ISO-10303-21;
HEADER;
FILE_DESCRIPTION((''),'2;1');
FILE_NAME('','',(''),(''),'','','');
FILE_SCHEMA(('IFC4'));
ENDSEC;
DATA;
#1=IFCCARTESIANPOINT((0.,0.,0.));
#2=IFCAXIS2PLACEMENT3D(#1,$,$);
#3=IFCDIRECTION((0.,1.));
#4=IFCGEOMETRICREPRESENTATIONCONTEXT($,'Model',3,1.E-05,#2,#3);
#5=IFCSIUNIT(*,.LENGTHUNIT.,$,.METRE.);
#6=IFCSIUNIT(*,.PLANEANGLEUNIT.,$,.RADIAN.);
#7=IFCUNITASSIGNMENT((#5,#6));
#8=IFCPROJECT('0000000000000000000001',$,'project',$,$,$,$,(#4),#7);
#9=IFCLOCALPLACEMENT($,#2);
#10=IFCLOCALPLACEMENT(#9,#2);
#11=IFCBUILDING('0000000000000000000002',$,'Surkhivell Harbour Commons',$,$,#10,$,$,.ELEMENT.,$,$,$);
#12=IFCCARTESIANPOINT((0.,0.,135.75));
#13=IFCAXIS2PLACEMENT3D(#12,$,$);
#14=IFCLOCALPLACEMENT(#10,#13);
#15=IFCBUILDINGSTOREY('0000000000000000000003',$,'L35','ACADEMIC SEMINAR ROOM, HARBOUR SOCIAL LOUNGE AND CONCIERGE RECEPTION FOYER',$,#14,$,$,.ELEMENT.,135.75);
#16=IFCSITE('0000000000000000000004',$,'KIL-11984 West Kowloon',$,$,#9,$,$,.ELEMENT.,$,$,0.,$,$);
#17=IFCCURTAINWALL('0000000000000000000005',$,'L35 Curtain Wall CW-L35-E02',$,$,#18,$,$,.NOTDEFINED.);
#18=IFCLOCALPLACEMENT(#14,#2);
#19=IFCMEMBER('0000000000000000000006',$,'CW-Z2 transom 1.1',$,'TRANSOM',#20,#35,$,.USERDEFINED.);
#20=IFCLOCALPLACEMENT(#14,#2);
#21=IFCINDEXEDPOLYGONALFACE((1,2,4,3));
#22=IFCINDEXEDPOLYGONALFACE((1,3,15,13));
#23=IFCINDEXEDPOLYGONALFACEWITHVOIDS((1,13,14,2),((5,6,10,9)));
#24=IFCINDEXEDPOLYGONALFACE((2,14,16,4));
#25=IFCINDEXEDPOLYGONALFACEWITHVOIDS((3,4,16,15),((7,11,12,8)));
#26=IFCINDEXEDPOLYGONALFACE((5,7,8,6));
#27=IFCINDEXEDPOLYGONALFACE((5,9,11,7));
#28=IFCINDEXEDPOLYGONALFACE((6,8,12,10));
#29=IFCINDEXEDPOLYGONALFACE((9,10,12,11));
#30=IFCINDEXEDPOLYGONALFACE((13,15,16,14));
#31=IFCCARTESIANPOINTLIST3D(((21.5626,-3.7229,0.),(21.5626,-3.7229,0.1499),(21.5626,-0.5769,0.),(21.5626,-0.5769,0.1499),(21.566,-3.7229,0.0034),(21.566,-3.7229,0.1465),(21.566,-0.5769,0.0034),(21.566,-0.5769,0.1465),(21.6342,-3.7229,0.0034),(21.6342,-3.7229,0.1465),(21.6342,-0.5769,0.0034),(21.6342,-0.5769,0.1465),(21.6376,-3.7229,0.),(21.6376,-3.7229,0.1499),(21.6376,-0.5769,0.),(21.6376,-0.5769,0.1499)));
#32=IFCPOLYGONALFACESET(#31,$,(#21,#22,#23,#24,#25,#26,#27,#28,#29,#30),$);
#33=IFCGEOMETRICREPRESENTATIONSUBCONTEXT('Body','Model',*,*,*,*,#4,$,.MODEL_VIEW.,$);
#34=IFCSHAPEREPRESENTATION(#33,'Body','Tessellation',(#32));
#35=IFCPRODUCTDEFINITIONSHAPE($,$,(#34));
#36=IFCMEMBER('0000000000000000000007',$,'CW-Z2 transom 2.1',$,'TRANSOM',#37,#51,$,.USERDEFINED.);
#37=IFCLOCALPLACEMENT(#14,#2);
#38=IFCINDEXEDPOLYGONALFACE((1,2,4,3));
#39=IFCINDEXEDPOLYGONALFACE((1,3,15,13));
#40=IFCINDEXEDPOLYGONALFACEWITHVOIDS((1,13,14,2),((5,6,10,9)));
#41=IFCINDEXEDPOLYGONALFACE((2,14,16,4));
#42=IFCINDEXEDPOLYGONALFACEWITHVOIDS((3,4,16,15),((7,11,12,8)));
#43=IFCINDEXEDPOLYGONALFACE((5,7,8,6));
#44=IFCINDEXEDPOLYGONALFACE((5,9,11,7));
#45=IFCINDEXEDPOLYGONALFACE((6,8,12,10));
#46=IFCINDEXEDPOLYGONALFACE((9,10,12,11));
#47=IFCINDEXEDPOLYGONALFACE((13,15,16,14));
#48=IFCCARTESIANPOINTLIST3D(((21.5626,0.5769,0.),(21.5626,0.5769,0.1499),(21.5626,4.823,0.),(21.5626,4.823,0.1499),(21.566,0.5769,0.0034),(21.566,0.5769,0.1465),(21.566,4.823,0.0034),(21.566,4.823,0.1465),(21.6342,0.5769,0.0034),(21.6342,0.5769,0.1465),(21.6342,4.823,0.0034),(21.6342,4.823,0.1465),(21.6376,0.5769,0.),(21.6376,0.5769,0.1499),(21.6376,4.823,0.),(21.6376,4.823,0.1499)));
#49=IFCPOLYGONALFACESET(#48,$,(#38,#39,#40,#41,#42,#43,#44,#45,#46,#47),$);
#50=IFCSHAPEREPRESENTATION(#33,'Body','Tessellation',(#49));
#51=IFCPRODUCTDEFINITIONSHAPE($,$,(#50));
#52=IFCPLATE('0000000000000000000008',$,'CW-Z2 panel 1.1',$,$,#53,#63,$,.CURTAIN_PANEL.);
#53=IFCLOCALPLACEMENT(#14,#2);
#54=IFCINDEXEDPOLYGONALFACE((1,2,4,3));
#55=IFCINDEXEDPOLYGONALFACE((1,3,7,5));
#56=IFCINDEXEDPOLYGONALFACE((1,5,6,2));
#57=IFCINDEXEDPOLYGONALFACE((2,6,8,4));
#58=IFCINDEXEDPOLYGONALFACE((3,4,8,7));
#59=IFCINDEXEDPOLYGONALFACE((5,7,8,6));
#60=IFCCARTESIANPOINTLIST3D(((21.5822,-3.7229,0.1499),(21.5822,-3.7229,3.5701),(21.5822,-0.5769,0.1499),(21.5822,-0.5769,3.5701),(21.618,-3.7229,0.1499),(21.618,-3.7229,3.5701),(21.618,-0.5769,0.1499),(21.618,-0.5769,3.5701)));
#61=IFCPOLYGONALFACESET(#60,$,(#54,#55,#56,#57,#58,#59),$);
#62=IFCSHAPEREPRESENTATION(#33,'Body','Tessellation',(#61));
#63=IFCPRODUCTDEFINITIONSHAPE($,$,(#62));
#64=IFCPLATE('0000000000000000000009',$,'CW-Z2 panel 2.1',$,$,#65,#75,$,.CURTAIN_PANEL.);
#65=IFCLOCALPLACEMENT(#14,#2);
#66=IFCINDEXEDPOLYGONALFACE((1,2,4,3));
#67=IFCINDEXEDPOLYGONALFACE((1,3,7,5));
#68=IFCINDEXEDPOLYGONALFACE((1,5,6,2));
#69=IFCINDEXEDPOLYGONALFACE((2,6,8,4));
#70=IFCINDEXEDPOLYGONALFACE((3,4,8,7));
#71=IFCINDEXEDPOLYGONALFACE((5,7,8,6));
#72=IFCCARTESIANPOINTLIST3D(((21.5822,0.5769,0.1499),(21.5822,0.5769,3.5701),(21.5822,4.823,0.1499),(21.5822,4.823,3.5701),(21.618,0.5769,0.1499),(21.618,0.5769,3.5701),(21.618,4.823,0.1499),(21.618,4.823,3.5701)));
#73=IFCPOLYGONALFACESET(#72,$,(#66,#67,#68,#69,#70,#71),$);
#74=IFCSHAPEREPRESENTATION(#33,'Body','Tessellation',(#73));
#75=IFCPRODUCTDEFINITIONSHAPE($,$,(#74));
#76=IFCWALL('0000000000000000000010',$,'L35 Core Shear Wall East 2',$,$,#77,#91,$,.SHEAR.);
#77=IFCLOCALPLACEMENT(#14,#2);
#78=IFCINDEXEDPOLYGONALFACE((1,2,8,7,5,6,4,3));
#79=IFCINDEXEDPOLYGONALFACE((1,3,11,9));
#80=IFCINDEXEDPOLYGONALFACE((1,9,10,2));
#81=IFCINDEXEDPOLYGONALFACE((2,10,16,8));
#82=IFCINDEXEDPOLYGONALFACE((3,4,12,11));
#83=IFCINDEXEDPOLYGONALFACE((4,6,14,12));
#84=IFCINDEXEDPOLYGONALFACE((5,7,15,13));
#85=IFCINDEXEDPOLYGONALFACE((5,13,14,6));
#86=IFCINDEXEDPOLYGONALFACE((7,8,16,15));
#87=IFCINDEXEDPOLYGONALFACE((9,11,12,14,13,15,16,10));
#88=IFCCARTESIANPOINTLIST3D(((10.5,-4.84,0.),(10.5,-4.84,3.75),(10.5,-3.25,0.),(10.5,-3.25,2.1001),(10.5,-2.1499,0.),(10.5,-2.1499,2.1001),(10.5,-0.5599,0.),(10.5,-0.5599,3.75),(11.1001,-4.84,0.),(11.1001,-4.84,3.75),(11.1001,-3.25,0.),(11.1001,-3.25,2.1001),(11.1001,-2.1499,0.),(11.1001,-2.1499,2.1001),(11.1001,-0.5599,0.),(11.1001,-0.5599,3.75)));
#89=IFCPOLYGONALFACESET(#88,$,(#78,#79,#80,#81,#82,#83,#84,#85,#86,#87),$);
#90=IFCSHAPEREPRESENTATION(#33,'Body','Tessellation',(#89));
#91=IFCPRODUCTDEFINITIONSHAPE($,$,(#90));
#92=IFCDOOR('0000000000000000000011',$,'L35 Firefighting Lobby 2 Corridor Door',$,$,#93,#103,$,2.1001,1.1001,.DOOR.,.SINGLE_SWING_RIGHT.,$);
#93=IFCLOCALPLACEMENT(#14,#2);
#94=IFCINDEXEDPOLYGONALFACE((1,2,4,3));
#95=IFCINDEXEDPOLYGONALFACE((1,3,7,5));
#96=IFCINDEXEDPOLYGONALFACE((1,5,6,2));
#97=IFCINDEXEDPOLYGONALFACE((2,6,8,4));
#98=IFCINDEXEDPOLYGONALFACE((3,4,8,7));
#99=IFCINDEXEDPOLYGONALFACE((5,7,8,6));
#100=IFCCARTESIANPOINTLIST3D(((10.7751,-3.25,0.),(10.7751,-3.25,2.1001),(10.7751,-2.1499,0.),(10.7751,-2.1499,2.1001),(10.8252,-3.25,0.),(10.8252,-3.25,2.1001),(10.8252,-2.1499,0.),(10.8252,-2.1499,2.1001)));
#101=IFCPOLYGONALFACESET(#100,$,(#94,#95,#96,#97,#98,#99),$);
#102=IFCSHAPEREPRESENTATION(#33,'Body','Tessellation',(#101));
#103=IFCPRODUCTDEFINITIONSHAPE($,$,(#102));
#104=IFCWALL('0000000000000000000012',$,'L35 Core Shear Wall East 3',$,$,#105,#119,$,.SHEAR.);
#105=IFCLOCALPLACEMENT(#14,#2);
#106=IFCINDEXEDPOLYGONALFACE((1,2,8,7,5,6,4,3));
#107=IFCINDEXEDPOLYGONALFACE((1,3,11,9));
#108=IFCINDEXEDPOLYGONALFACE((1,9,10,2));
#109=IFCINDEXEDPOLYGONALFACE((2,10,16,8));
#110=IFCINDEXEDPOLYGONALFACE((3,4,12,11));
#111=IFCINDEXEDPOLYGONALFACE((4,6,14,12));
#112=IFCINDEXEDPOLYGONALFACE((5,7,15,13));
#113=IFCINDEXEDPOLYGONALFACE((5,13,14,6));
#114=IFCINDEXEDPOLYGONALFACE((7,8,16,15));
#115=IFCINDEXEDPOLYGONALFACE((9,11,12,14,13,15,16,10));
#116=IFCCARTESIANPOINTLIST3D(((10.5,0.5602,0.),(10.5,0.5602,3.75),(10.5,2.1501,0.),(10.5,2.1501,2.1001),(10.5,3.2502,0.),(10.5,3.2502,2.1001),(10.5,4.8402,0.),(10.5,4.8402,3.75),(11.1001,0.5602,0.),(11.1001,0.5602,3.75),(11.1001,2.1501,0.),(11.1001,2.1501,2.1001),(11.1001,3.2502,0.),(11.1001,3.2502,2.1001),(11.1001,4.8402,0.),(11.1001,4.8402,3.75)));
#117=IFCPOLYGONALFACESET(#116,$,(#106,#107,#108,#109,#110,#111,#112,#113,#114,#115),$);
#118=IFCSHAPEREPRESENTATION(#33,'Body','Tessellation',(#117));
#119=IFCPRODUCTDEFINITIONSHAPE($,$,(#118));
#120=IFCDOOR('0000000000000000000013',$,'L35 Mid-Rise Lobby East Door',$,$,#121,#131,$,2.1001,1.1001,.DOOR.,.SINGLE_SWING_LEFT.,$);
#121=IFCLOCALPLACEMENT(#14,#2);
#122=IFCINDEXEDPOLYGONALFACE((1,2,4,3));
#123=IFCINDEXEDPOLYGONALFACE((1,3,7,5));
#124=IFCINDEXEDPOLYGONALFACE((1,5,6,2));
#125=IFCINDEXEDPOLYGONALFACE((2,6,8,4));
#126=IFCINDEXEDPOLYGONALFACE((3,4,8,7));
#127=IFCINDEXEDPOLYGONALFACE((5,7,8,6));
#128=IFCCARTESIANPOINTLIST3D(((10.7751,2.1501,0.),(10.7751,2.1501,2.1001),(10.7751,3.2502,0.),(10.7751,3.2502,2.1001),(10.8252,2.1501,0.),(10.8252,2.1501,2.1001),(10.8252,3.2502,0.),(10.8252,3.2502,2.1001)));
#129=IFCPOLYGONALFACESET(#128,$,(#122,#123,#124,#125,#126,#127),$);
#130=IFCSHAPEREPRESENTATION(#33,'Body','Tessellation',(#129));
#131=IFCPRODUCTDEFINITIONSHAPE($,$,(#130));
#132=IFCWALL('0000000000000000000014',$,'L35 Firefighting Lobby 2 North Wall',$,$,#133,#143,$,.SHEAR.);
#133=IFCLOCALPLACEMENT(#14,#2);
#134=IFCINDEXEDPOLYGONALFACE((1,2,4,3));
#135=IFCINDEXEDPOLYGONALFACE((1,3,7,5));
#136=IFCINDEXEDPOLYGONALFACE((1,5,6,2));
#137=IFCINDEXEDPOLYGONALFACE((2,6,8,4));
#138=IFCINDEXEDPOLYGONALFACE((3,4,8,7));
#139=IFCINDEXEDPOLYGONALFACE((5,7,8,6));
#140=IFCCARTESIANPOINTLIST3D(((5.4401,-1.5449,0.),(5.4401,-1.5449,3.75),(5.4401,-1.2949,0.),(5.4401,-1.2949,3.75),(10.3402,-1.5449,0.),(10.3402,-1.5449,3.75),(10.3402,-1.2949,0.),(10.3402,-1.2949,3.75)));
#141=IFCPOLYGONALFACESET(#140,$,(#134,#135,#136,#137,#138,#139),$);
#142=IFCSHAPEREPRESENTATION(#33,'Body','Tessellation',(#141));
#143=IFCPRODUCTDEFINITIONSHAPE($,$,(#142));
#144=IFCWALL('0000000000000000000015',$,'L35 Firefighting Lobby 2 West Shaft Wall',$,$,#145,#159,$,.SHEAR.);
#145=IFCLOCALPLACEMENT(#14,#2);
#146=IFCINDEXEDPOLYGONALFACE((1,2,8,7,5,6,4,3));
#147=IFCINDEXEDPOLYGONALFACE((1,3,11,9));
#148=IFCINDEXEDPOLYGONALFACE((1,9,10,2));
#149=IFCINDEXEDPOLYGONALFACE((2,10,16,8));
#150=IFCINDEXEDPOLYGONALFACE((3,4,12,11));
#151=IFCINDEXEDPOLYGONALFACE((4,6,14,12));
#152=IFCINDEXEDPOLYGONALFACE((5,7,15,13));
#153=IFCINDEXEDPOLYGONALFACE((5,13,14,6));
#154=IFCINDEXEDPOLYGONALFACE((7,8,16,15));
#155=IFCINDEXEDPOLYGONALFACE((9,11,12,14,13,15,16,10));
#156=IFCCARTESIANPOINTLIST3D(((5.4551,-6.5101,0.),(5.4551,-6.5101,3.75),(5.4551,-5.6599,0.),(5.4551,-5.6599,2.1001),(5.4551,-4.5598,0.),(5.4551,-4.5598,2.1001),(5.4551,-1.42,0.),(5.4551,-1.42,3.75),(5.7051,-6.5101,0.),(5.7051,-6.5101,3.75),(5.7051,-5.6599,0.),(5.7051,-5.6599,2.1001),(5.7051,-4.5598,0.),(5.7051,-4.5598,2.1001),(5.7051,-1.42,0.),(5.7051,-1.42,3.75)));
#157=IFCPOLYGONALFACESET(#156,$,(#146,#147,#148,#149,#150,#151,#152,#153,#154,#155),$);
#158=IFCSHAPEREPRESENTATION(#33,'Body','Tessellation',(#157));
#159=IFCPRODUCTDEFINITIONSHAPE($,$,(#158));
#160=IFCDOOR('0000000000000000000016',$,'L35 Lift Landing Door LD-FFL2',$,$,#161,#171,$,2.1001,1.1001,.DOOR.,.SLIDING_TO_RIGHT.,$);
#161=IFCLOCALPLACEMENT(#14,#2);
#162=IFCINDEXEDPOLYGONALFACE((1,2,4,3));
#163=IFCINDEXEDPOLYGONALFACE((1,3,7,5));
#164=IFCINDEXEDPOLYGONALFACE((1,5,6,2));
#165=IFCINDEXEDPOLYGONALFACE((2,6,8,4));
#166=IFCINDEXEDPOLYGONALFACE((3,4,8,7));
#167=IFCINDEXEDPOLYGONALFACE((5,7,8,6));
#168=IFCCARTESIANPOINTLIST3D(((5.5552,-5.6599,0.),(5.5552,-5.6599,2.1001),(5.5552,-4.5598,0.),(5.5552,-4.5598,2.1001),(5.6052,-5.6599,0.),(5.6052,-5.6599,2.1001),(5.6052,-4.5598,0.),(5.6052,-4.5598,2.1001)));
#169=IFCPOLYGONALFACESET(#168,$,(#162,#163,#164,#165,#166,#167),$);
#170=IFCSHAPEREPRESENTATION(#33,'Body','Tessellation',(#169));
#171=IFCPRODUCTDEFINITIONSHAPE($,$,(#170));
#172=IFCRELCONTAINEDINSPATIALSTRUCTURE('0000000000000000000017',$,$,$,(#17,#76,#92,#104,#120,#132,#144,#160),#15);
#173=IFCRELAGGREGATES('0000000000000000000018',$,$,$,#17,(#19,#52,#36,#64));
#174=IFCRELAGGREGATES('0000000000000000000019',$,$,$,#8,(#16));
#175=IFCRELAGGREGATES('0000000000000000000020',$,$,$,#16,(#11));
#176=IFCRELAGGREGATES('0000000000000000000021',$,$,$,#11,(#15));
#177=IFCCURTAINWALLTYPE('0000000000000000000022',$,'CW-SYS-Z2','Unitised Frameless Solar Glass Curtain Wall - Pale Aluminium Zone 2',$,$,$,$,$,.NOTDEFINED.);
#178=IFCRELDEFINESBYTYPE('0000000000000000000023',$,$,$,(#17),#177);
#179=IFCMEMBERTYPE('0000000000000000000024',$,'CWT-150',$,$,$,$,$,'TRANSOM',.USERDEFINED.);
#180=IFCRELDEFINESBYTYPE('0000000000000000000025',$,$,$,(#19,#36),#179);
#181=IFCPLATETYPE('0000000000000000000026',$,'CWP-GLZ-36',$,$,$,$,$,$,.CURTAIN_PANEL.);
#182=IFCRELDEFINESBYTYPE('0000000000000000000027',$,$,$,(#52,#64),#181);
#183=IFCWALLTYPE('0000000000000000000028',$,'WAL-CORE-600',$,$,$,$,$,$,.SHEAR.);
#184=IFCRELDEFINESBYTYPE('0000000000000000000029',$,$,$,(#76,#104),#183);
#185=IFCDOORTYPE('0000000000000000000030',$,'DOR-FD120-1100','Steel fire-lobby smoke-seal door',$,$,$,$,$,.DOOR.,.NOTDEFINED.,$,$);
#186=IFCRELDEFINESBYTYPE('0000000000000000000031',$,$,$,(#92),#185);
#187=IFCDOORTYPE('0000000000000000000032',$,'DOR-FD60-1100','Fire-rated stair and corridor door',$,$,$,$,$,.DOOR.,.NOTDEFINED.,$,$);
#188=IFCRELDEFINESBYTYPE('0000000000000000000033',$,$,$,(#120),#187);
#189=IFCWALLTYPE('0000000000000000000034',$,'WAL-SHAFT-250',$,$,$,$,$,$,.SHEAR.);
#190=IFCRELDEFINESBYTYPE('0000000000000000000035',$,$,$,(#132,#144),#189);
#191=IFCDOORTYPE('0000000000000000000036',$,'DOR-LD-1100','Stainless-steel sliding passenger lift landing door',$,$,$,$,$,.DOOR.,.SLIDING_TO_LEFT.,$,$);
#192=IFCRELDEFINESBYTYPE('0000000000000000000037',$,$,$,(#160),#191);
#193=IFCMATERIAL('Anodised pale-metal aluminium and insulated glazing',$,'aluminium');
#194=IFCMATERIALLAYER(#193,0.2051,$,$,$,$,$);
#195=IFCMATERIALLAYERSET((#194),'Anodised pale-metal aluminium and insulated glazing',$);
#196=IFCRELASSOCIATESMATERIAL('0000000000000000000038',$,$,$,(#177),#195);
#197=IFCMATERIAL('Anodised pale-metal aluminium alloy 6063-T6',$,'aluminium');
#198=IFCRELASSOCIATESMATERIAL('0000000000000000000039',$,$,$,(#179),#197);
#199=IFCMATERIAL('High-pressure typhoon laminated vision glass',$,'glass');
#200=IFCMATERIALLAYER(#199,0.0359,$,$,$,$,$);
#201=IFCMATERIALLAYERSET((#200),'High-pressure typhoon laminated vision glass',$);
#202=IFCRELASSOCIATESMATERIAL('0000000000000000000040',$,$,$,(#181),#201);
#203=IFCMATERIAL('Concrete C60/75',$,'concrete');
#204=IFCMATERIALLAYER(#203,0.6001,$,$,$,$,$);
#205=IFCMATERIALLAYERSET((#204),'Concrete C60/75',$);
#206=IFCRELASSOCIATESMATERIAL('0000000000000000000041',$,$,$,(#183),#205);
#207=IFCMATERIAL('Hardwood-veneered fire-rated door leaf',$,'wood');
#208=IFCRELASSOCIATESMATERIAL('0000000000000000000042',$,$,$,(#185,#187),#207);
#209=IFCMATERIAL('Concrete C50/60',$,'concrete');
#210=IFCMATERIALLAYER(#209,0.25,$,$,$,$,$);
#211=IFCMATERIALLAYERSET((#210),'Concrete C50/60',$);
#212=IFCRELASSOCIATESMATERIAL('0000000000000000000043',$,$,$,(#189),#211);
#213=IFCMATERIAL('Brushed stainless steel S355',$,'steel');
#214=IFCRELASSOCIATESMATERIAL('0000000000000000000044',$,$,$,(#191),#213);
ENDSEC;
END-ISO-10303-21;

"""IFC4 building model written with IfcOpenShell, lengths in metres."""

from ifc_helpers import new_model, si_unit, direction, frame, frame_2d, origin, origin_2d, place, context, subcontext, project, spatial, rectangle, hollow_rectangle, extrude, material, layer, layer_set, material_profile, profile_set, type_object, element, fill, aggregate, save


model = new_model("IFC4")

# Units and contexts
model_context = context("Model", 3, precision=1e-05, world=origin(), true_north=direction((0.0, 1.0)))
body_context = subcontext(model_context, "Body", "Model", "MODEL_VIEW")
ifc_project = project(units=[si_unit("LENGTHUNIT", "METRE"), si_unit("PLANEANGLEUNIT", "RADIAN")], contexts=[model_context])

# Site, building, storey
site_placement = place(None, origin())
site = spatial("IfcSite", under=ifc_project, at=site_placement, Name="KIL-11984 West Kowloon", CompositionType="ELEMENT", RefElevation=0.0)
building_placement = place(site_placement, origin())
building = spatial("IfcBuilding", under=site, at=building_placement, Name="Surkhivell Harbour Commons", CompositionType="ELEMENT")
storey_placement = place(building_placement, frame((0.0, 0.0, 135.75)))
storey = spatial("IfcBuildingStorey", under=building, at=storey_placement, Name="L35", Description="ACADEMIC SEMINAR ROOM, HARBOUR SOCIAL LOUNGE AND CONCIERGE RECEPTION FOYER", CompositionType="ELEMENT", Elevation=135.75)

# Shared definitions
ifc_material_1 = material(Name="Concrete C60/75", Category="concrete")

# Shared definitions
ifc_material_2 = material(Name="Anodised pale-metal aluminium and insulated glazing", Category="aluminium")
ifc_layer_1 = layer(ifc_material_2, 0.2051)
ifc_layer_set_1 = layer_set([ifc_layer_1], Name="Anodised pale-metal aluminium and insulated glazing")
curtain_wall_type = type_object("IfcCurtainWallType", Name="CW-SYS-Z2", Description="Unitised Frameless Solar Glass Curtain Wall - Pale Aluminium Zone 2", PredefinedType="NOTDEFINED", material=ifc_layer_set_1)
ifc_material_3 = material(Name="Anodised pale-metal aluminium alloy 6063-T6", Category="aluminium")

# Curtain wall, members, plates
curtain_wall_1_placement = place(storey_placement, origin())
curtain_wall_1 = element("IfcCurtainWall", 1, at=curtain_wall_1_placement, inside=storey, type_object=curtain_wall_type, Name="L35 Curtain Wall CW-L35-E02", PredefinedType="NOTDEFINED")
ifc_material_profile_1 = material_profile(ifc_material_3, hollow_rectangle(XDim=0.075, YDim=0.1499, WallThickness=0.0034, at=origin_2d()), Name="ALU-TRAN-75x150")
ifc_profile_set_1 = profile_set([ifc_material_profile_1], Name="Anodised pale-metal aluminium alloy 6063-T6")
member_type_1 = type_object("IfcMemberType", Name="CWT-150", ElementType="TRANSOM", PredefinedType="USERDEFINED", material=ifc_profile_set_1)
member_1_placement = place(storey_placement, frame((21.6001, -3.7229, 0.075), z_axis=(0.0, 1.0, 0.0), x_axis=(-1.0, 0.0, 0.0)))
member_1 = element("IfcMember", 2, at=member_1_placement, type_object=member_type_1, Name="CW-Z2 transom 1.1", ObjectType="TRANSOM", PredefinedType="USERDEFINED", context=body_context, shape_type="SweptSolid", body=[
    extrude(hollow_rectangle(XDim=0.075, YDim=0.1499, WallThickness=0.0034, at=origin_2d()), origin(), (0.0, 0.0, 1.0), 3.146),
])
member_2_placement = place(storey_placement, frame((21.6001, 0.5769, 0.075), z_axis=(0.0, 1.0, 0.0), x_axis=(-1.0, 0.0, 0.0)))
member_2 = element("IfcMember", 3, at=member_2_placement, type_object=member_type_1, Name="CW-Z2 transom 2.1", ObjectType="TRANSOM", PredefinedType="USERDEFINED", context=body_context, shape_type="SweptSolid", body=[
    extrude(hollow_rectangle(XDim=0.075, YDim=0.1499, WallThickness=0.0034, at=origin_2d()), origin(), (0.0, 0.0, 1.0), 4.2461),
])
ifc_material_4 = material(Name="High-pressure typhoon laminated vision glass", Category="glass")
ifc_layer_2 = layer(ifc_material_4, 0.0359)
ifc_layer_set_2 = layer_set([ifc_layer_2], Name="High-pressure typhoon laminated vision glass")
plate_type = type_object("IfcPlateType", Name="CWP-GLZ-36", PredefinedType="CURTAIN_PANEL", material=ifc_layer_set_2)
plate_1_placement = place(storey_placement, frame((21.6001, -3.7229, 0.1499), z_axis=(0.0, 0.0, 1.0), x_axis=(0.0, 1.0, 0.0)))
plate_1 = element("IfcPlate", 4, at=plate_1_placement, type_object=plate_type, Name="CW-Z2 panel 1.1", PredefinedType="CURTAIN_PANEL", context=body_context, shape_type="SweptSolid", body=[
    extrude(rectangle(XDim=3.146, YDim=0.0359, at=frame_2d((1.573, 0.0))), origin(), (0.0, 0.0, 1.0), 3.4202),
])
plate_2_placement = place(storey_placement, frame((21.6001, 0.5769, 0.1499), z_axis=(0.0, 0.0, 1.0), x_axis=(0.0, 1.0, 0.0)))
plate_2 = element("IfcPlate", 5, at=plate_2_placement, type_object=plate_type, Name="CW-Z2 panel 2.1", PredefinedType="CURTAIN_PANEL", context=body_context, shape_type="SweptSolid", body=[
    extrude(rectangle(XDim=4.2461, YDim=0.0359, at=frame_2d((2.123, 0.0))), origin(), (0.0, 0.0, 1.0), 3.4202),
])
aggregate(curtain_wall_1, [member_1, plate_1, member_2, plate_2])

# Walls, openings, doors
ifc_layer_3 = layer(ifc_material_1, 0.6001)
ifc_layer_set_3 = layer_set([ifc_layer_3], Name="Concrete C60/75")
wall_type_1 = type_object("IfcWallType", Name="WAL-CORE-600", PredefinedType="SHEAR", material=ifc_layer_set_3)
wall_1_placement = place(storey_placement, frame((10.8, -4.8401, 0.0), z_axis=(0.0, 0.0, 1.0), x_axis=(0.0, 1.0, 0.0)))
wall_1 = element("IfcWall", 6, at=wall_1_placement, inside=storey, type_object=wall_type_1, Name="L35 Core Shear Wall East 2", PredefinedType="SHEAR", context=body_context, shape_type="SweptSolid", body=[
    extrude(rectangle(XDim=4.28, YDim=0.6001, at=frame_2d((2.1401, 0.0))), origin(), (0.0, 0.0, 1.0), 3.75),
])
opening_1_placement = place(wall_1_placement, frame((1.5901, 0.0, 0.0)))
opening_1 = element("IfcOpeningElement", 7, at=opening_1_placement, cuts=wall_1, PredefinedType="OPENING", context=body_context, shape_type="SweptSolid", body=[
    extrude(rectangle(XDim=1.1001, YDim=2.1001, at=frame_2d((0.55, 1.05))), frame((0.0, 0.3101, 0.0), z_axis=(0.0, -1.0, 0.0), x_axis=(1.0, 0.0, 0.0)), (0.0, 0.0, 1.0), 0.6201),
])
ifc_material_5 = material(Name="Hardwood-veneered fire-rated door leaf", Category="wood")
door_type_1 = type_object("IfcDoorType", Name="DOR-FD120-1100", Description="Steel fire-lobby smoke-seal door", OperationType="NOTDEFINED", PredefinedType="DOOR", material=ifc_material_5)
door_1_placement = place(opening_1_placement, origin())
door_1 = element("IfcDoor", 8, at=door_1_placement, inside=storey, type_object=door_type_1, Name="L35 Firefighting Lobby 2 Corridor Door", OperationType="SINGLE_SWING_RIGHT", OverallHeight=2.1001, OverallWidth=1.1001, PredefinedType="DOOR", context=body_context, shape_type="SweptSolid", body=[
    extrude(rectangle(XDim=1.1001, YDim=2.1001, at=frame_2d((0.55, 1.05))), frame((0.0, 0.0249, 0.0), z_axis=(0.0, -1.0, 0.0), x_axis=(1.0, 0.0, 0.0)), (0.0, 0.0, 1.0), 0.05),
])
fill(opening_1, door_1)
wall_2_placement = place(storey_placement, frame((10.8, 0.5601, 0.0), z_axis=(0.0, 0.0, 1.0), x_axis=(0.0, 1.0, 0.0)))
wall_2 = element("IfcWall", 9, at=wall_2_placement, inside=storey, type_object=wall_type_1, Name="L35 Core Shear Wall East 3", PredefinedType="SHEAR", context=body_context, shape_type="SweptSolid", body=[
    extrude(rectangle(XDim=4.28, YDim=0.6001, at=frame_2d((2.1401, 0.0))), origin(), (0.0, 0.0, 1.0), 3.75),
])
opening_2_placement = place(wall_2_placement, frame((1.5901, 0.0, 0.0)))
opening_2 = element("IfcOpeningElement", 10, at=opening_2_placement, cuts=wall_2, PredefinedType="OPENING", context=body_context, shape_type="SweptSolid", body=[
    extrude(rectangle(XDim=1.1001, YDim=2.1001, at=frame_2d((0.55, 1.05))), frame((0.0, 0.3101, 0.0), z_axis=(0.0, -1.0, 0.0), x_axis=(1.0, 0.0, 0.0)), (0.0, 0.0, 1.0), 0.6201),
])
door_type_2 = type_object("IfcDoorType", Name="DOR-FD60-1100", Description="Fire-rated stair and corridor door", OperationType="NOTDEFINED", PredefinedType="DOOR", material=ifc_material_5)
door_2_placement = place(opening_2_placement, origin())
door_2 = element("IfcDoor", 11, at=door_2_placement, inside=storey, type_object=door_type_2, Name="L35 Mid-Rise Lobby East Door", OperationType="SINGLE_SWING_LEFT", OverallHeight=2.1001, OverallWidth=1.1001, PredefinedType="DOOR", context=body_context, shape_type="SweptSolid", body=[
    extrude(rectangle(XDim=1.1001, YDim=2.1001, at=frame_2d((0.55, 1.05))), frame((0.0, 0.0249, 0.0), z_axis=(0.0, -1.0, 0.0), x_axis=(1.0, 0.0, 0.0)), (0.0, 0.0, 1.0), 0.05),
])
fill(opening_2, door_2)

# Wall
ifc_material_6 = material(Name="Concrete C50/60", Category="concrete")
ifc_layer_4 = layer(ifc_material_6, 0.25)
ifc_layer_set_4 = layer_set([ifc_layer_4], Name="Concrete C50/60")
wall_type_2 = type_object("IfcWallType", Name="WAL-SHAFT-250", PredefinedType="SHEAR", material=ifc_layer_set_4)
wall_3_placement = place(storey_placement, frame((5.4399, -1.4199, 0.0), z_axis=(0.0, 0.0, 1.0), x_axis=(1.0, 0.0, 0.0)))
element("IfcWall", 12, at=wall_3_placement, inside=storey, type_object=wall_type_2, Name="L35 Firefighting Lobby 2 North Wall", PredefinedType="SHEAR", context=body_context, shape_type="SweptSolid", body=[
    extrude(rectangle(XDim=4.9001, YDim=0.25, at=frame_2d((2.4502, 0.0))), origin(), (0.0, 0.0, 1.0), 3.75),
])

# Wall, opening, door
wall_4_placement = place(storey_placement, frame((5.5801, -6.51, 0.0), z_axis=(0.0, 0.0, 1.0), x_axis=(0.0, 1.0, 0.0)))
wall_4 = element("IfcWall", 13, at=wall_4_placement, inside=storey, type_object=wall_type_2, Name="L35 Firefighting Lobby 2 West Shaft Wall", PredefinedType="SHEAR", context=body_context, shape_type="SweptSolid", body=[
    extrude(rectangle(XDim=5.0901, YDim=0.25, at=frame_2d((2.5449, 0.0))), origin(), (0.0, 0.0, 1.0), 3.75),
])
opening_3_placement = place(wall_4_placement, frame((0.8501, 0.0, 0.0)))
opening_3 = element("IfcOpeningElement", 14, at=opening_3_placement, cuts=wall_4, PredefinedType="OPENING", context=body_context, shape_type="SweptSolid", body=[
    extrude(rectangle(XDim=1.1001, YDim=2.1001, at=frame_2d((0.55, 1.05))), frame((0.0, 0.135, 0.0), z_axis=(0.0, -1.0, 0.0), x_axis=(1.0, 0.0, 0.0)), (0.0, 0.0, 1.0), 0.27),
])
ifc_material_7 = material(Name="Brushed stainless steel S355", Category="steel")
door_type_3 = type_object("IfcDoorType", Name="DOR-LD-1100", Description="Stainless-steel sliding passenger lift landing door", OperationType="SLIDING_TO_LEFT", PredefinedType="DOOR", material=ifc_material_7)
door_3_placement = place(opening_3_placement, origin())
door_3 = element("IfcDoor", 15, at=door_3_placement, inside=storey, type_object=door_type_3, Name="L35 Lift Landing Door LD-FFL2", OperationType="SLIDING_TO_RIGHT", OverallHeight=2.1001, OverallWidth=1.1001, PredefinedType="DOOR", context=body_context, shape_type="SweptSolid", body=[
    extrude(rectangle(XDim=1.1001, YDim=2.1001, at=frame_2d((0.55, 1.05))), frame((0.0, 0.0249, 0.0), z_axis=(0.0, -1.0, 0.0), x_axis=(1.0, 0.0, 0.0)), (0.0, 0.0, 1.0), 0.05),
])
fill(opening_3, door_3)

save(model, "model.ifc")
